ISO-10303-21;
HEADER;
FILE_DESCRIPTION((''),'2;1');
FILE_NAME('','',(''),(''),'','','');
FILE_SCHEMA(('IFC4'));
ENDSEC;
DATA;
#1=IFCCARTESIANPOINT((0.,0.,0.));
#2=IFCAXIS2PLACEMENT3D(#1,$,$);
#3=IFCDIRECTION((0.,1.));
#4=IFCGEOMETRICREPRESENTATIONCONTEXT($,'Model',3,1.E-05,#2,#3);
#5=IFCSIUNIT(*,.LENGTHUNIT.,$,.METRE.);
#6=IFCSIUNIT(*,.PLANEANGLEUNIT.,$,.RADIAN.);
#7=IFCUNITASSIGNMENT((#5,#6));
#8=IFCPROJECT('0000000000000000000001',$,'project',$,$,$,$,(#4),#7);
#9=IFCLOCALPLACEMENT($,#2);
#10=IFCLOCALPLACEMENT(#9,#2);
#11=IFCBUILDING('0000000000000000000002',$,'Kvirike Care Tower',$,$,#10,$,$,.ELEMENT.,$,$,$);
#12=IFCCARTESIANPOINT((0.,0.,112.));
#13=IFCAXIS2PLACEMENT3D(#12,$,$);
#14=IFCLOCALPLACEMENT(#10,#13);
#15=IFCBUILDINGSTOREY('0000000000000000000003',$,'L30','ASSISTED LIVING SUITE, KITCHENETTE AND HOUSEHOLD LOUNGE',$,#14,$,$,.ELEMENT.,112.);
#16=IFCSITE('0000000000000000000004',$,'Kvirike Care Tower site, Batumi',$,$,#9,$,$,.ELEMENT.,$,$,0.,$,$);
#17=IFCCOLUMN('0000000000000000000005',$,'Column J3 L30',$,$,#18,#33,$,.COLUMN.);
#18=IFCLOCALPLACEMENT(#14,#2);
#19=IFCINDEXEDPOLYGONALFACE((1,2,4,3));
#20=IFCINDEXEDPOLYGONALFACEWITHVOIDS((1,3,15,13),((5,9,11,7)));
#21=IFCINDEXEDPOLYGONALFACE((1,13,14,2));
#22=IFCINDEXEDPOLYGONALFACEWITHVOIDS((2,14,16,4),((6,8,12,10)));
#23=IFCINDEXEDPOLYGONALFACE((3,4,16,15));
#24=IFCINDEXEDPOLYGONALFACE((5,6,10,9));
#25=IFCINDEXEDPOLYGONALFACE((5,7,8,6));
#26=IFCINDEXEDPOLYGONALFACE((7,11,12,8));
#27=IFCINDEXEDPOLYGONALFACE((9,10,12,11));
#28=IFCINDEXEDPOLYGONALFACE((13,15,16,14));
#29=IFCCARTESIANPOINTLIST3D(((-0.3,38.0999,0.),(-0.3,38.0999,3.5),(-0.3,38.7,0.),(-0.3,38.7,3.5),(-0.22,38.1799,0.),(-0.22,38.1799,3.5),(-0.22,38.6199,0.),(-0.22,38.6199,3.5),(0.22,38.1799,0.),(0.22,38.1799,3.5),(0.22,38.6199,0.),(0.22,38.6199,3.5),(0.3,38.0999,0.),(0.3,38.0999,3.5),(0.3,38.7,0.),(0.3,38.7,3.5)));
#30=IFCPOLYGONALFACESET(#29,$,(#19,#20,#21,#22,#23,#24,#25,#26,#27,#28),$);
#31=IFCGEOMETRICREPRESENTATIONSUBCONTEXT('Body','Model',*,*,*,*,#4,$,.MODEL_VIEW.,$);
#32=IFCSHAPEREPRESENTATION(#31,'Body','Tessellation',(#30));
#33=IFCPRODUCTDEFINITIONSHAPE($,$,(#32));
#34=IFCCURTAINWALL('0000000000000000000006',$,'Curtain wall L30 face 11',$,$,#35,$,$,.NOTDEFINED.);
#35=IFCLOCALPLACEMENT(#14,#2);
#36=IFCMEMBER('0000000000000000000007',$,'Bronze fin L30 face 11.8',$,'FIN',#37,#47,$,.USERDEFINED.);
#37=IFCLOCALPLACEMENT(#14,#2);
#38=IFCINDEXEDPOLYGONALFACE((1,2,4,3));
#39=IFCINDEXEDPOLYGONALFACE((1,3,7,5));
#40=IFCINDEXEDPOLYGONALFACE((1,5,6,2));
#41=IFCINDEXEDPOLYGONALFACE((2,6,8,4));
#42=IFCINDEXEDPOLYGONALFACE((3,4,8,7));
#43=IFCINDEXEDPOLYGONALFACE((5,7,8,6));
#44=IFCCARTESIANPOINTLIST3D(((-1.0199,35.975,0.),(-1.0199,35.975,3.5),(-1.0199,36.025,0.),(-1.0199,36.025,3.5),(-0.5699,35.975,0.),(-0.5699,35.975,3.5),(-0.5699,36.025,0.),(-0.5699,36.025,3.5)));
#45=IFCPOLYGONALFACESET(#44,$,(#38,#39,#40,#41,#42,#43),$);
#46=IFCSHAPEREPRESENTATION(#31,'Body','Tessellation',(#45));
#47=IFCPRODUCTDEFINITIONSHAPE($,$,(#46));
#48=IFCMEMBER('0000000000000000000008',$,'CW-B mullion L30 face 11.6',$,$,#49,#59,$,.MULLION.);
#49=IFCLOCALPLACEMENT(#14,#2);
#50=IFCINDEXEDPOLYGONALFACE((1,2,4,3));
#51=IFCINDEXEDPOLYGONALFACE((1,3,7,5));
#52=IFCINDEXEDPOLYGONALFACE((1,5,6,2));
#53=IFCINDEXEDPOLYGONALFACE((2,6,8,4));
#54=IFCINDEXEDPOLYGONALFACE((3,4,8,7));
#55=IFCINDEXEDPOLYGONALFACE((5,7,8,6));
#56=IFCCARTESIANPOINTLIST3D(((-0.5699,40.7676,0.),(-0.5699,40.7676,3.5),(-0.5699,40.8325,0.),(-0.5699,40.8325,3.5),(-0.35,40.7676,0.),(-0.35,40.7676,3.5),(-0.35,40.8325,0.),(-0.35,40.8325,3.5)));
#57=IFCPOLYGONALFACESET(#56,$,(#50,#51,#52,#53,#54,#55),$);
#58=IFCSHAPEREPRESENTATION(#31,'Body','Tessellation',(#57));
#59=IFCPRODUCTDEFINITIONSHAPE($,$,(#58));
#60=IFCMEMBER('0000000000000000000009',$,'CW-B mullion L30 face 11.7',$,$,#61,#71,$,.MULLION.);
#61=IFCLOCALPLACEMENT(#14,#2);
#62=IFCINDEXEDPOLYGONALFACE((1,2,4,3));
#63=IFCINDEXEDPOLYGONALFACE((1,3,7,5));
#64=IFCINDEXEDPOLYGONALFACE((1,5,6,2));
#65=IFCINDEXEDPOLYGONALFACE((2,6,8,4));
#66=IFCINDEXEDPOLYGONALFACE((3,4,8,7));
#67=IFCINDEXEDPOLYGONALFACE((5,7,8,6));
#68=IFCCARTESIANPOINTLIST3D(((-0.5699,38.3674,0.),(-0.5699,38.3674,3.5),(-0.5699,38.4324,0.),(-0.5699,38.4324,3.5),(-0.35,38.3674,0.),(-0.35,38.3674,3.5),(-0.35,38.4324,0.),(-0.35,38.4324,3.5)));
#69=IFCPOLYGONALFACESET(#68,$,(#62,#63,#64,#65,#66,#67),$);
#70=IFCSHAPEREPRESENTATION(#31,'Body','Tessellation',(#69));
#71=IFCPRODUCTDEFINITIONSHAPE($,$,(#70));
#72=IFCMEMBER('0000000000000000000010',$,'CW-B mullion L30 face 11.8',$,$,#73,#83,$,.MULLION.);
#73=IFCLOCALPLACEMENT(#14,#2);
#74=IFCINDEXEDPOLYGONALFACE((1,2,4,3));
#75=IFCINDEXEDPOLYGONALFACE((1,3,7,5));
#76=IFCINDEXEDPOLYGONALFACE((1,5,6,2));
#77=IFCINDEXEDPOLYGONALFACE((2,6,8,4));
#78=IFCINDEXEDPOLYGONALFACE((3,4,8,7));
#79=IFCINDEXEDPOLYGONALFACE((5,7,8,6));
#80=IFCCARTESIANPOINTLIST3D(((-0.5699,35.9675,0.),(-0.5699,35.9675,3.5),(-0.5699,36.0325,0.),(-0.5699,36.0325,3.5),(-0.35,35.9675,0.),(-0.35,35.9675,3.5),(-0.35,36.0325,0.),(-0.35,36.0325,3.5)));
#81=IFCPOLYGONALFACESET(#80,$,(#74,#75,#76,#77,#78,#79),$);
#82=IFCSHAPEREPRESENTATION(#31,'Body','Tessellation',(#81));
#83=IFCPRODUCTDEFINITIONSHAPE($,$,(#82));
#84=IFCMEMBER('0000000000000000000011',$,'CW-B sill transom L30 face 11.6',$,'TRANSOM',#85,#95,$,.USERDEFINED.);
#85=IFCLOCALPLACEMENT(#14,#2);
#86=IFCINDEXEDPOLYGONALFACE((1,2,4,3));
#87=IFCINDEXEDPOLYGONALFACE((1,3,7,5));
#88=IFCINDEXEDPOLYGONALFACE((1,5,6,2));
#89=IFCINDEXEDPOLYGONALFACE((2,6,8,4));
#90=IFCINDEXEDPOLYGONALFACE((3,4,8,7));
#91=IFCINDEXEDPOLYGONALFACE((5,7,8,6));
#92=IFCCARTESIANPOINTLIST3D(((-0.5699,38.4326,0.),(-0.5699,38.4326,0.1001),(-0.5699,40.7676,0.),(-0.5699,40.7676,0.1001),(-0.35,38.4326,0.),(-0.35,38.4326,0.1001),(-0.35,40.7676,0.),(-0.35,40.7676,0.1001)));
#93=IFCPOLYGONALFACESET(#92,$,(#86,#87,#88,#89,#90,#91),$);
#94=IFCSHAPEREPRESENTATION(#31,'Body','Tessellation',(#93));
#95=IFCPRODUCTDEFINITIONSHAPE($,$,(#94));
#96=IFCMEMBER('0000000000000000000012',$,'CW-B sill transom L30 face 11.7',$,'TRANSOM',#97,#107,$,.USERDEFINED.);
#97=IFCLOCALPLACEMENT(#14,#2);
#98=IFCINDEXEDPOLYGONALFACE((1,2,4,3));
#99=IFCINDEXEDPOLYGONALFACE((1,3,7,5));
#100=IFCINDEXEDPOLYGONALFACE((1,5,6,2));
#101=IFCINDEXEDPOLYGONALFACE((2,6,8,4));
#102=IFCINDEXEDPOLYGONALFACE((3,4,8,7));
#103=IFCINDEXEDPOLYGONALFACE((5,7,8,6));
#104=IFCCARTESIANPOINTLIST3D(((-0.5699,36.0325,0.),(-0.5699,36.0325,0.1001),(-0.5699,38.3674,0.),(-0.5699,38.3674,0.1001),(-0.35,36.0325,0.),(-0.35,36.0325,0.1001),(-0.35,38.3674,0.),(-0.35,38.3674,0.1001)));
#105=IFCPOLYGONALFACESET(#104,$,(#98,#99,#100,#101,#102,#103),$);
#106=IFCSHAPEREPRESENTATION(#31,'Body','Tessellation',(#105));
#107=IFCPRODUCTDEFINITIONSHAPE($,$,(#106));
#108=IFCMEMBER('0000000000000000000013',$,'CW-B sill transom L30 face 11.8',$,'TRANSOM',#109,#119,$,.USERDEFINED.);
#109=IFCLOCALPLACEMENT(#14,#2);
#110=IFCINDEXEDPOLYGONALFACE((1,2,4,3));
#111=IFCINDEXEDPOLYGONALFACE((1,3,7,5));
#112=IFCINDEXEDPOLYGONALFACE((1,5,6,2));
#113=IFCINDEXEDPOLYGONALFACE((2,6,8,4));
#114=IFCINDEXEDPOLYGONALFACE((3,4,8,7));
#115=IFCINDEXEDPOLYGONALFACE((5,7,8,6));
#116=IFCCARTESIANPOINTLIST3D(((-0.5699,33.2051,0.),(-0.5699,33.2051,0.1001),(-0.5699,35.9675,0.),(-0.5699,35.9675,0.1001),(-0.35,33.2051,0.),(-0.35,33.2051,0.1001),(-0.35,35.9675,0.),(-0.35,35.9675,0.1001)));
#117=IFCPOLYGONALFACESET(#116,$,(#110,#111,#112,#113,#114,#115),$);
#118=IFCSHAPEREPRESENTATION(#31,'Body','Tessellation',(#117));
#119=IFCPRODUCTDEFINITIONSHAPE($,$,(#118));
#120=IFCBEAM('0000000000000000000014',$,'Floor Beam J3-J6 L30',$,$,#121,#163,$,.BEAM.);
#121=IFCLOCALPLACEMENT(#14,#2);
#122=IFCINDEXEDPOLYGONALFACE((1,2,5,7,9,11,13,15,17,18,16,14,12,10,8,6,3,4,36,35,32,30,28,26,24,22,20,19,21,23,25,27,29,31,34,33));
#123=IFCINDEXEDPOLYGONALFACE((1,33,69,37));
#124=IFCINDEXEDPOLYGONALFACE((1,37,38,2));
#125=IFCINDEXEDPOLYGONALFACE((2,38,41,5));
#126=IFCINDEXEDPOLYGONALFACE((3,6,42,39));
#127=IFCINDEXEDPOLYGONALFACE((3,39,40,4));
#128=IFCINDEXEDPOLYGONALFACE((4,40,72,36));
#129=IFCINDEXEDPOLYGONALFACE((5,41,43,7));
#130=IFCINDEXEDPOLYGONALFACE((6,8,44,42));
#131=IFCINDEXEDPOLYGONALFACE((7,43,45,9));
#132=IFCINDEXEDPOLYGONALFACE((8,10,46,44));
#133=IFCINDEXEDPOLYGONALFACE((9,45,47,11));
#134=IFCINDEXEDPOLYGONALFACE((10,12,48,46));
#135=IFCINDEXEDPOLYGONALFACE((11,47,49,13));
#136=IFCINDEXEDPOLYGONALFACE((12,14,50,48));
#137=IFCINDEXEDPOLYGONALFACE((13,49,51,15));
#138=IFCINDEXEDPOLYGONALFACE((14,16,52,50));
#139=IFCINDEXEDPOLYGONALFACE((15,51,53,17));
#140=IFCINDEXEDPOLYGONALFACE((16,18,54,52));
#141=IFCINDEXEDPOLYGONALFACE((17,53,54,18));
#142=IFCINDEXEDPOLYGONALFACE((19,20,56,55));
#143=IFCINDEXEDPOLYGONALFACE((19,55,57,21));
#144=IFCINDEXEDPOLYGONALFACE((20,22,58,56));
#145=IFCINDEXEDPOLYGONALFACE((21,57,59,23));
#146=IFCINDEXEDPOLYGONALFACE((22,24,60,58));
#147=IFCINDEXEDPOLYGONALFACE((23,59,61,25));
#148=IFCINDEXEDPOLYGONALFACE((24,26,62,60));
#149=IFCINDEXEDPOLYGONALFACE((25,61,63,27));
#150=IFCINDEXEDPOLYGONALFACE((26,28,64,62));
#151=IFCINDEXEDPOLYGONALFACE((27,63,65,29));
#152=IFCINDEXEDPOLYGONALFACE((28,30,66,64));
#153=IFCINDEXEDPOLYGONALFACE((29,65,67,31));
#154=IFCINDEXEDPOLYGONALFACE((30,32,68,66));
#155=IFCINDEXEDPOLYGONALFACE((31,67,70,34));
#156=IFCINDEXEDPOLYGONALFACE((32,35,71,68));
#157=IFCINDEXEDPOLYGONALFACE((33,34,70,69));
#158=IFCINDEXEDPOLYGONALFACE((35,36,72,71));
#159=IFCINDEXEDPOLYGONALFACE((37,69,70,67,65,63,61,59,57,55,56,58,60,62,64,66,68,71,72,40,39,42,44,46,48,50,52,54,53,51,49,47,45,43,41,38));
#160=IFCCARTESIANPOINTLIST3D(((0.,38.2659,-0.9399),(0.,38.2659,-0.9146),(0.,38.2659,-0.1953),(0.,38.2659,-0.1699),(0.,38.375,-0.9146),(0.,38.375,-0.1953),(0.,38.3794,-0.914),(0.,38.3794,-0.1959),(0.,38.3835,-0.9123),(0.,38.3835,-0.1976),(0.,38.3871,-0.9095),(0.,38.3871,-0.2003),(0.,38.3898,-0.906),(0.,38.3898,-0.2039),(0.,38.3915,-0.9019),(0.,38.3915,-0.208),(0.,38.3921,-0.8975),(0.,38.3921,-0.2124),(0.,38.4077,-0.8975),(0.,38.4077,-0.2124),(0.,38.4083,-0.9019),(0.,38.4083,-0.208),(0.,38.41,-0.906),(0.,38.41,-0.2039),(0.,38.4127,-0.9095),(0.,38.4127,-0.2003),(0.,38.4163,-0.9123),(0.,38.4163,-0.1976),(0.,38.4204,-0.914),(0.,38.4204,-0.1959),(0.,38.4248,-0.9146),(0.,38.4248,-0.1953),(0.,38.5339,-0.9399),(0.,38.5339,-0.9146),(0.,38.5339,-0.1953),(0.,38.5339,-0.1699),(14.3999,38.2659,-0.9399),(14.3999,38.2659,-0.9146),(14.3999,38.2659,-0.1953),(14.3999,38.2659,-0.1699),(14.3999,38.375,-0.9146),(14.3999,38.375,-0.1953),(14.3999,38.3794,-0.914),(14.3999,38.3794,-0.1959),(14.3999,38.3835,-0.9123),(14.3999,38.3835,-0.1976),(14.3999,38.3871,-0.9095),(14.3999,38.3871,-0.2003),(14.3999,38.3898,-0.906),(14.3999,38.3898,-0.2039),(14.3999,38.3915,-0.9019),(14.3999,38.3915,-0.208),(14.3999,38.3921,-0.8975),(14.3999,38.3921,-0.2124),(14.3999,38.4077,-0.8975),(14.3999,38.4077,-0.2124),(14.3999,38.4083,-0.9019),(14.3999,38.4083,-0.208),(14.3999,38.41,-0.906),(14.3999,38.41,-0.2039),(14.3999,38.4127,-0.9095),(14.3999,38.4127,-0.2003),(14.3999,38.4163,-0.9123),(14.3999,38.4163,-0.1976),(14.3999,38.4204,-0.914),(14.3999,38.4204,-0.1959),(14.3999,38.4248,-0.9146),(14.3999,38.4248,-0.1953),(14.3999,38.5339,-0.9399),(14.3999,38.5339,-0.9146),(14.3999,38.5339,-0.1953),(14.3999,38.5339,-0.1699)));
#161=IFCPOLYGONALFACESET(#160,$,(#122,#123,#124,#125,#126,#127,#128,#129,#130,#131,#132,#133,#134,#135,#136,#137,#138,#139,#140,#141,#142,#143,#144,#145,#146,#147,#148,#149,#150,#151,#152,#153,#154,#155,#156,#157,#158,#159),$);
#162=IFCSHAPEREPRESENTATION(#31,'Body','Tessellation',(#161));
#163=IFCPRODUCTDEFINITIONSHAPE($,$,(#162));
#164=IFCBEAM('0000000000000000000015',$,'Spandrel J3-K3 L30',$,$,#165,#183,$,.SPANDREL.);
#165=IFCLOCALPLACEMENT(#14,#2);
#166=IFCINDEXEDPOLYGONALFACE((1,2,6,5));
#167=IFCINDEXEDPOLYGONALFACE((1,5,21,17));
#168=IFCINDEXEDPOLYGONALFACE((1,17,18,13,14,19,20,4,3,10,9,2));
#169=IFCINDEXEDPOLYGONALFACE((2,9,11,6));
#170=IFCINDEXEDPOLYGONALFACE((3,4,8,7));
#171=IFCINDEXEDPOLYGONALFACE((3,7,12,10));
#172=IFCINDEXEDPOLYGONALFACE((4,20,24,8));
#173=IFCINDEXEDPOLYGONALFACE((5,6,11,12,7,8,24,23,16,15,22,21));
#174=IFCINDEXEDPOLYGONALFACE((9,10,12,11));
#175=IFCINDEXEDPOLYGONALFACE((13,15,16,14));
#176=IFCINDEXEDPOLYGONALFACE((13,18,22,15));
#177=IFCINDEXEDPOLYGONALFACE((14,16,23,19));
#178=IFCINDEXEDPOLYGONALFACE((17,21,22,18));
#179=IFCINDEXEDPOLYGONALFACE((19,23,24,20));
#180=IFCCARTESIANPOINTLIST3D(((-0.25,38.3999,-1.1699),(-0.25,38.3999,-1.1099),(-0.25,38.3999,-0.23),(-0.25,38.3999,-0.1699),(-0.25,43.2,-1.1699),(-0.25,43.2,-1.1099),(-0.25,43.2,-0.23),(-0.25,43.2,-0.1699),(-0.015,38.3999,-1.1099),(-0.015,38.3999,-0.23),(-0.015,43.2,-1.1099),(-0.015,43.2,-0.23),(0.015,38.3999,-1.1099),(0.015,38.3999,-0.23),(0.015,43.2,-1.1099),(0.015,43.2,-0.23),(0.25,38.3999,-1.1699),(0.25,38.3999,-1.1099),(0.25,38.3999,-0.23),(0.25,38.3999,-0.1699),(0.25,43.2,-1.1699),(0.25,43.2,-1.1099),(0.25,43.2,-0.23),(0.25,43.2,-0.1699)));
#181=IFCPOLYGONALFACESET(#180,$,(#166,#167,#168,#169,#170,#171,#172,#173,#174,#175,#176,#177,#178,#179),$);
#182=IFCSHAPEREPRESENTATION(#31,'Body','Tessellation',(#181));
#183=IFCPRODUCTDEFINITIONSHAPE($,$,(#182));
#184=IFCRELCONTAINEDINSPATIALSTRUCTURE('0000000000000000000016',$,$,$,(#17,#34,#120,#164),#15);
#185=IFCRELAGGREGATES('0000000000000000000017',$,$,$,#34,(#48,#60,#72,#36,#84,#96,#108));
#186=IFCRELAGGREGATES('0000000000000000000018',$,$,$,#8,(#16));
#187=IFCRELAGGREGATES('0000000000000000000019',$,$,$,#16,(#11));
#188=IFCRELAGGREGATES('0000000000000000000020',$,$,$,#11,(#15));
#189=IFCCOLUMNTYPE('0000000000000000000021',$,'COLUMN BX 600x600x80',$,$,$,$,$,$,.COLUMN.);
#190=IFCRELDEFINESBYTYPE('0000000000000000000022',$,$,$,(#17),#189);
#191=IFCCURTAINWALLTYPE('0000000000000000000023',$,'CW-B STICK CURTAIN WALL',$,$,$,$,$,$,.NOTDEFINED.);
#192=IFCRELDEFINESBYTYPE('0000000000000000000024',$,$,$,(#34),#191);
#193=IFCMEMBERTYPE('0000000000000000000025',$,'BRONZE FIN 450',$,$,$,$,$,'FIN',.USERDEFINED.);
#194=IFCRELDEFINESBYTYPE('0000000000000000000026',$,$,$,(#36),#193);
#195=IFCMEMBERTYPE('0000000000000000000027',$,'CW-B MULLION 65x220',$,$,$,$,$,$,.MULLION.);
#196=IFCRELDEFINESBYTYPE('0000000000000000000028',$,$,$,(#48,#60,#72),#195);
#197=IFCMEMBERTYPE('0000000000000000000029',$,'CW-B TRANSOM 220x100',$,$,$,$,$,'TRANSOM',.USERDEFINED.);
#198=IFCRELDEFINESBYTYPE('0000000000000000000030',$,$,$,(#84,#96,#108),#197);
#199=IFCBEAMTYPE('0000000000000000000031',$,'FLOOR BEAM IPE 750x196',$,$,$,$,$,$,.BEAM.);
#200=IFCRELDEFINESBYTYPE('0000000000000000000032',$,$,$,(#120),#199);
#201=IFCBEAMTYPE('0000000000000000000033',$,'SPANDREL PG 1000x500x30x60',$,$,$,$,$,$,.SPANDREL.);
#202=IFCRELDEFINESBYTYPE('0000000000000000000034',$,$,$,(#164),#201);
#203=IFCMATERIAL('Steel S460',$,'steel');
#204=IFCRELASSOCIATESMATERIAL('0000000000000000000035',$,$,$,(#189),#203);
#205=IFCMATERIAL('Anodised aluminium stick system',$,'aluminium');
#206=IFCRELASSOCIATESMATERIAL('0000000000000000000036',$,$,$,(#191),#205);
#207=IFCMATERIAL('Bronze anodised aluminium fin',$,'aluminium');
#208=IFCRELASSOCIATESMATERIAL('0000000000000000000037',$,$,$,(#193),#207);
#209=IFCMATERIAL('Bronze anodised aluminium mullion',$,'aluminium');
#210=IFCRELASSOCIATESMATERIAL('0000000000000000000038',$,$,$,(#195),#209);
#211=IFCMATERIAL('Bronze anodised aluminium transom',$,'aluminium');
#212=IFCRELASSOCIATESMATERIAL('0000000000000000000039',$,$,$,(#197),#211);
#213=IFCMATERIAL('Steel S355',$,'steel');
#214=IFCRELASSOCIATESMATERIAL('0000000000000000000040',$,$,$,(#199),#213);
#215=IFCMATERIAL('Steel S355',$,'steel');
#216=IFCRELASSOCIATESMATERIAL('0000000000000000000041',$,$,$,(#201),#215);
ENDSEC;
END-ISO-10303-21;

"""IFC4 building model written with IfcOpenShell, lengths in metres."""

from ifc_helpers import new_model, si_unit, direction, frame, origin, origin_2d, place, context, subcontext, project, spatial, rectangle, hollow_rectangle, i_section, extrude, material, material_profile, profile_set, type_object, element, aggregate, save


model = new_model("IFC4")

# Units and contexts
model_context = context("Model", 3, precision=1e-05, world=origin(), true_north=direction((0.0, 1.0)))
body_context = subcontext(model_context, "Body", "Model", "MODEL_VIEW")
ifc_project = project(units=[si_unit("LENGTHUNIT", "METRE"), si_unit("PLANEANGLEUNIT", "RADIAN")], contexts=[model_context])

# Site, building, storey
site_placement = place(None, origin())
site = spatial("IfcSite", under=ifc_project, at=site_placement, Name="Kvirike Care Tower site, Batumi", CompositionType="ELEMENT", RefElevation=0.0)
building_placement = place(site_placement, origin())
building = spatial("IfcBuilding", under=site, at=building_placement, Name="Kvirike Care Tower", CompositionType="ELEMENT")
storey_placement = place(building_placement, frame((0.0, 0.0, 112.0)))
storey = spatial("IfcBuildingStorey", under=building, at=storey_placement, Name="L30", Description="ASSISTED LIVING SUITE, KITCHENETTE AND HOUSEHOLD LOUNGE", CompositionType="ELEMENT", Elevation=112.0)

# Column
ifc_material_1 = material(Name="Steel S460", Category="steel")
ifc_material_profile_1 = material_profile(ifc_material_1, hollow_rectangle(XDim=0.6001, YDim=0.6001, WallThickness=0.0801, at=origin_2d()), Name="BX 600x600x80")
ifc_profile_set_1 = profile_set([ifc_material_profile_1], Name="Steel S460")
column_type = type_object("IfcColumnType", Name="COLUMN BX 600x600x80", PredefinedType="COLUMN", material=ifc_profile_set_1)
column_placement = place(storey_placement, frame((0.0, 38.3999, 0.0), z_axis=(0.0, 0.0, 1.0), x_axis=(1.0, 0.0, 0.0)))
element("IfcColumn", 1, at=column_placement, inside=storey, type_object=column_type, Name="Column J3 L30", PredefinedType="COLUMN", context=body_context, shape_type="SweptSolid", body=[
    extrude(hollow_rectangle(XDim=0.6001, YDim=0.6001, WallThickness=0.0801, at=origin_2d()), origin(), (0.0, 0.0, 1.0), 3.5),
])

# Curtain wall, members
ifc_material_2 = material(Name="Anodised aluminium stick system", Category="aluminium")
curtain_wall_type = type_object("IfcCurtainWallType", Name="CW-B STICK CURTAIN WALL", PredefinedType="NOTDEFINED", material=ifc_material_2)
curtain_wall_placement = place(storey_placement, origin())
curtain_wall = element("IfcCurtainWall", 2, at=curtain_wall_placement, inside=storey, type_object=curtain_wall_type, Name="Curtain wall L30 face 11", PredefinedType="NOTDEFINED")
ifc_material_3 = material(Name="Bronze anodised aluminium fin", Category="aluminium")
ifc_material_profile_2 = material_profile(ifc_material_3, rectangle(XDim=0.05, YDim=0.45, at=origin_2d()), Name="BRONZE FIN 450")
ifc_profile_set_2 = profile_set([ifc_material_profile_2], Name="Bronze anodised aluminium fin")
member_type_1 = type_object("IfcMemberType", Name="BRONZE FIN 450", ElementType="FIN", PredefinedType="USERDEFINED", material=ifc_profile_set_2)
member_1_placement = place(storey_placement, frame((-0.7949, 36.0, 0.0), z_axis=(0.0, 0.0, 1.0), x_axis=(0.0, -1.0, 0.0)))
member_1 = element("IfcMember", 3, at=member_1_placement, type_object=member_type_1, Name="Bronze fin L30 face 11.8", ObjectType="FIN", PredefinedType="USERDEFINED", context=body_context, shape_type="SweptSolid", body=[
    extrude(rectangle(XDim=0.05, YDim=0.45, at=origin_2d()), origin(), (0.0, 0.0, 1.0), 3.5),
])
ifc_material_4 = material(Name="Bronze anodised aluminium mullion", Category="aluminium")
ifc_material_profile_3 = material_profile(ifc_material_4, rectangle(XDim=0.0649, YDim=0.22, at=origin_2d()), Name="CW-B MULLION 65x220")
ifc_profile_set_3 = profile_set([ifc_material_profile_3], Name="Bronze anodised aluminium mullion")
member_type_2 = type_object("IfcMemberType", Name="CW-B MULLION 65x220", PredefinedType="MULLION", material=ifc_profile_set_3)
member_2_placement = place(storey_placement, frame((-0.46, 40.8, 0.0), z_axis=(0.0, 0.0, 1.0), x_axis=(0.0, -1.0, 0.0)))
member_2 = element("IfcMember", 4, at=member_2_placement, type_object=member_type_2, Name="CW-B mullion L30 face 11.6", PredefinedType="MULLION", context=body_context, shape_type="SweptSolid", body=[
    extrude(rectangle(XDim=0.0649, YDim=0.22, at=origin_2d()), origin(), (0.0, 0.0, 1.0), 3.5),
])
member_3_placement = place(storey_placement, frame((-0.46, 38.3999, 0.0), z_axis=(0.0, 0.0, 1.0), x_axis=(0.0, -1.0, 0.0)))
member_3 = element("IfcMember", 5, at=member_3_placement, type_object=member_type_2, Name="CW-B mullion L30 face 11.7", PredefinedType="MULLION", context=body_context, shape_type="SweptSolid", body=[
    extrude(rectangle(XDim=0.0649, YDim=0.22, at=origin_2d()), origin(), (0.0, 0.0, 1.0), 3.5),
])
member_4_placement = place(storey_placement, frame((-0.46, 36.0, 0.0), z_axis=(0.0, 0.0, 1.0), x_axis=(0.0, -1.0, 0.0)))
member_4 = element("IfcMember", 6, at=member_4_placement, type_object=member_type_2, Name="CW-B mullion L30 face 11.8", PredefinedType="MULLION", context=body_context, shape_type="SweptSolid", body=[
    extrude(rectangle(XDim=0.0649, YDim=0.22, at=origin_2d()), origin(), (0.0, 0.0, 1.0), 3.5),
])
ifc_material_5 = material(Name="Bronze anodised aluminium transom", Category="aluminium")
ifc_material_profile_4 = material_profile(ifc_material_5, rectangle(XDim=0.22, YDim=0.1001, at=origin_2d()), Name="CW-B TRANSOM 220x100")
ifc_profile_set_4 = profile_set([ifc_material_profile_4], Name="Bronze anodised aluminium transom")
member_type_3 = type_object("IfcMemberType", Name="CW-B TRANSOM 220x100", ElementType="TRANSOM", PredefinedType="USERDEFINED", material=ifc_profile_set_4)
member_5_placement = place(storey_placement, frame((-0.46, 40.7676, 0.05), z_axis=(0.0, -1.0, 0.0), x_axis=(1.0, 0.0, 0.0)))
member_5 = element("IfcMember", 7, at=member_5_placement, type_object=member_type_3, Name="CW-B sill transom L30 face 11.6", ObjectType="TRANSOM", PredefinedType="USERDEFINED", context=body_context, shape_type="SweptSolid", body=[
    extrude(rectangle(XDim=0.22, YDim=0.1001, at=origin_2d()), origin(), (0.0, 0.0, 1.0), 2.335),
])
member_6_placement = place(storey_placement, frame((-0.46, 38.3674, 0.05), z_axis=(0.0, -1.0, 0.0), x_axis=(1.0, 0.0, 0.0)))
member_6 = element("IfcMember", 8, at=member_6_placement, type_object=member_type_3, Name="CW-B sill transom L30 face 11.7", ObjectType="TRANSOM", PredefinedType="USERDEFINED", context=body_context, shape_type="SweptSolid", body=[
    extrude(rectangle(XDim=0.22, YDim=0.1001, at=origin_2d()), origin(), (0.0, 0.0, 1.0), 2.335),
])
member_7_placement = place(storey_placement, frame((-0.46, 35.9675, 0.05), z_axis=(0.0, -1.0, 0.0), x_axis=(1.0, 0.0, 0.0)))
member_7 = element("IfcMember", 9, at=member_7_placement, type_object=member_type_3, Name="CW-B sill transom L30 face 11.8", ObjectType="TRANSOM", PredefinedType="USERDEFINED", context=body_context, shape_type="SweptSolid", body=[
    extrude(rectangle(XDim=0.22, YDim=0.1001, at=origin_2d()), origin(), (0.0, 0.0, 1.0), 2.7625),
])

# Beams
ifc_material_6 = material(Name="Steel S355", Category="steel")
ifc_material_profile_5 = material_profile(ifc_material_6, i_section(OverallWidth=0.2681, OverallDepth=0.77, WebThickness=0.0156, FlangeThickness=0.0254, FilletRadius=0.0171, at=origin_2d()), Name="IPE 750x196")
ifc_profile_set_5 = profile_set([ifc_material_profile_5], Name="Steel S355")
beam_type_1 = type_object("IfcBeamType", Name="FLOOR BEAM IPE 750x196", PredefinedType="BEAM", material=ifc_profile_set_5)
beam_1_placement = place(storey_placement, frame((0.0, 38.3999, -0.5549), z_axis=(1.0, 0.0, 0.0), x_axis=(0.0, 1.0, 0.0)))
element("IfcBeam", 10, at=beam_1_placement, inside=storey, type_object=beam_type_1, Name="Floor Beam J3-J6 L30", PredefinedType="BEAM", context=body_context, shape_type="SweptSolid", body=[
    extrude(i_section(OverallWidth=0.2681, OverallDepth=0.77, WebThickness=0.0156, FlangeThickness=0.0254, FilletRadius=0.0171, at=origin_2d()), origin(), (0.0, 0.0, 1.0), 14.3999),
])
ifc_material_7 = material(Name="Steel S355", Category="steel")
ifc_material_profile_6 = material_profile(ifc_material_7, i_section(OverallWidth=0.5, OverallDepth=1.0, WebThickness=0.03, FlangeThickness=0.0601, at=origin_2d()), Name="PG 1000x500x30x60")
ifc_profile_set_6 = profile_set([ifc_material_profile_6], Name="Steel S355")
beam_type_2 = type_object("IfcBeamType", Name="SPANDREL PG 1000x500x30x60", PredefinedType="SPANDREL", material=ifc_profile_set_6)
beam_2_placement = place(storey_placement, frame((0.0, 38.3999, -0.6699), z_axis=(0.0, 1.0, 0.0), x_axis=(-1.0, 0.0, 0.0)))
element("IfcBeam", 11, at=beam_2_placement, inside=storey, type_object=beam_type_2, Name="Spandrel J3-K3 L30", PredefinedType="SPANDREL", context=body_context, shape_type="SweptSolid", body=[
    extrude(i_section(OverallWidth=0.5, OverallDepth=1.0, WebThickness=0.03, FlangeThickness=0.0601, at=origin_2d()), origin(), (0.0, 0.0, 1.0), 4.8),
])

aggregate(curtain_wall, [member_2, member_3, member_4, member_1, member_5, member_6, member_7])

save(model, "model.ifc")
